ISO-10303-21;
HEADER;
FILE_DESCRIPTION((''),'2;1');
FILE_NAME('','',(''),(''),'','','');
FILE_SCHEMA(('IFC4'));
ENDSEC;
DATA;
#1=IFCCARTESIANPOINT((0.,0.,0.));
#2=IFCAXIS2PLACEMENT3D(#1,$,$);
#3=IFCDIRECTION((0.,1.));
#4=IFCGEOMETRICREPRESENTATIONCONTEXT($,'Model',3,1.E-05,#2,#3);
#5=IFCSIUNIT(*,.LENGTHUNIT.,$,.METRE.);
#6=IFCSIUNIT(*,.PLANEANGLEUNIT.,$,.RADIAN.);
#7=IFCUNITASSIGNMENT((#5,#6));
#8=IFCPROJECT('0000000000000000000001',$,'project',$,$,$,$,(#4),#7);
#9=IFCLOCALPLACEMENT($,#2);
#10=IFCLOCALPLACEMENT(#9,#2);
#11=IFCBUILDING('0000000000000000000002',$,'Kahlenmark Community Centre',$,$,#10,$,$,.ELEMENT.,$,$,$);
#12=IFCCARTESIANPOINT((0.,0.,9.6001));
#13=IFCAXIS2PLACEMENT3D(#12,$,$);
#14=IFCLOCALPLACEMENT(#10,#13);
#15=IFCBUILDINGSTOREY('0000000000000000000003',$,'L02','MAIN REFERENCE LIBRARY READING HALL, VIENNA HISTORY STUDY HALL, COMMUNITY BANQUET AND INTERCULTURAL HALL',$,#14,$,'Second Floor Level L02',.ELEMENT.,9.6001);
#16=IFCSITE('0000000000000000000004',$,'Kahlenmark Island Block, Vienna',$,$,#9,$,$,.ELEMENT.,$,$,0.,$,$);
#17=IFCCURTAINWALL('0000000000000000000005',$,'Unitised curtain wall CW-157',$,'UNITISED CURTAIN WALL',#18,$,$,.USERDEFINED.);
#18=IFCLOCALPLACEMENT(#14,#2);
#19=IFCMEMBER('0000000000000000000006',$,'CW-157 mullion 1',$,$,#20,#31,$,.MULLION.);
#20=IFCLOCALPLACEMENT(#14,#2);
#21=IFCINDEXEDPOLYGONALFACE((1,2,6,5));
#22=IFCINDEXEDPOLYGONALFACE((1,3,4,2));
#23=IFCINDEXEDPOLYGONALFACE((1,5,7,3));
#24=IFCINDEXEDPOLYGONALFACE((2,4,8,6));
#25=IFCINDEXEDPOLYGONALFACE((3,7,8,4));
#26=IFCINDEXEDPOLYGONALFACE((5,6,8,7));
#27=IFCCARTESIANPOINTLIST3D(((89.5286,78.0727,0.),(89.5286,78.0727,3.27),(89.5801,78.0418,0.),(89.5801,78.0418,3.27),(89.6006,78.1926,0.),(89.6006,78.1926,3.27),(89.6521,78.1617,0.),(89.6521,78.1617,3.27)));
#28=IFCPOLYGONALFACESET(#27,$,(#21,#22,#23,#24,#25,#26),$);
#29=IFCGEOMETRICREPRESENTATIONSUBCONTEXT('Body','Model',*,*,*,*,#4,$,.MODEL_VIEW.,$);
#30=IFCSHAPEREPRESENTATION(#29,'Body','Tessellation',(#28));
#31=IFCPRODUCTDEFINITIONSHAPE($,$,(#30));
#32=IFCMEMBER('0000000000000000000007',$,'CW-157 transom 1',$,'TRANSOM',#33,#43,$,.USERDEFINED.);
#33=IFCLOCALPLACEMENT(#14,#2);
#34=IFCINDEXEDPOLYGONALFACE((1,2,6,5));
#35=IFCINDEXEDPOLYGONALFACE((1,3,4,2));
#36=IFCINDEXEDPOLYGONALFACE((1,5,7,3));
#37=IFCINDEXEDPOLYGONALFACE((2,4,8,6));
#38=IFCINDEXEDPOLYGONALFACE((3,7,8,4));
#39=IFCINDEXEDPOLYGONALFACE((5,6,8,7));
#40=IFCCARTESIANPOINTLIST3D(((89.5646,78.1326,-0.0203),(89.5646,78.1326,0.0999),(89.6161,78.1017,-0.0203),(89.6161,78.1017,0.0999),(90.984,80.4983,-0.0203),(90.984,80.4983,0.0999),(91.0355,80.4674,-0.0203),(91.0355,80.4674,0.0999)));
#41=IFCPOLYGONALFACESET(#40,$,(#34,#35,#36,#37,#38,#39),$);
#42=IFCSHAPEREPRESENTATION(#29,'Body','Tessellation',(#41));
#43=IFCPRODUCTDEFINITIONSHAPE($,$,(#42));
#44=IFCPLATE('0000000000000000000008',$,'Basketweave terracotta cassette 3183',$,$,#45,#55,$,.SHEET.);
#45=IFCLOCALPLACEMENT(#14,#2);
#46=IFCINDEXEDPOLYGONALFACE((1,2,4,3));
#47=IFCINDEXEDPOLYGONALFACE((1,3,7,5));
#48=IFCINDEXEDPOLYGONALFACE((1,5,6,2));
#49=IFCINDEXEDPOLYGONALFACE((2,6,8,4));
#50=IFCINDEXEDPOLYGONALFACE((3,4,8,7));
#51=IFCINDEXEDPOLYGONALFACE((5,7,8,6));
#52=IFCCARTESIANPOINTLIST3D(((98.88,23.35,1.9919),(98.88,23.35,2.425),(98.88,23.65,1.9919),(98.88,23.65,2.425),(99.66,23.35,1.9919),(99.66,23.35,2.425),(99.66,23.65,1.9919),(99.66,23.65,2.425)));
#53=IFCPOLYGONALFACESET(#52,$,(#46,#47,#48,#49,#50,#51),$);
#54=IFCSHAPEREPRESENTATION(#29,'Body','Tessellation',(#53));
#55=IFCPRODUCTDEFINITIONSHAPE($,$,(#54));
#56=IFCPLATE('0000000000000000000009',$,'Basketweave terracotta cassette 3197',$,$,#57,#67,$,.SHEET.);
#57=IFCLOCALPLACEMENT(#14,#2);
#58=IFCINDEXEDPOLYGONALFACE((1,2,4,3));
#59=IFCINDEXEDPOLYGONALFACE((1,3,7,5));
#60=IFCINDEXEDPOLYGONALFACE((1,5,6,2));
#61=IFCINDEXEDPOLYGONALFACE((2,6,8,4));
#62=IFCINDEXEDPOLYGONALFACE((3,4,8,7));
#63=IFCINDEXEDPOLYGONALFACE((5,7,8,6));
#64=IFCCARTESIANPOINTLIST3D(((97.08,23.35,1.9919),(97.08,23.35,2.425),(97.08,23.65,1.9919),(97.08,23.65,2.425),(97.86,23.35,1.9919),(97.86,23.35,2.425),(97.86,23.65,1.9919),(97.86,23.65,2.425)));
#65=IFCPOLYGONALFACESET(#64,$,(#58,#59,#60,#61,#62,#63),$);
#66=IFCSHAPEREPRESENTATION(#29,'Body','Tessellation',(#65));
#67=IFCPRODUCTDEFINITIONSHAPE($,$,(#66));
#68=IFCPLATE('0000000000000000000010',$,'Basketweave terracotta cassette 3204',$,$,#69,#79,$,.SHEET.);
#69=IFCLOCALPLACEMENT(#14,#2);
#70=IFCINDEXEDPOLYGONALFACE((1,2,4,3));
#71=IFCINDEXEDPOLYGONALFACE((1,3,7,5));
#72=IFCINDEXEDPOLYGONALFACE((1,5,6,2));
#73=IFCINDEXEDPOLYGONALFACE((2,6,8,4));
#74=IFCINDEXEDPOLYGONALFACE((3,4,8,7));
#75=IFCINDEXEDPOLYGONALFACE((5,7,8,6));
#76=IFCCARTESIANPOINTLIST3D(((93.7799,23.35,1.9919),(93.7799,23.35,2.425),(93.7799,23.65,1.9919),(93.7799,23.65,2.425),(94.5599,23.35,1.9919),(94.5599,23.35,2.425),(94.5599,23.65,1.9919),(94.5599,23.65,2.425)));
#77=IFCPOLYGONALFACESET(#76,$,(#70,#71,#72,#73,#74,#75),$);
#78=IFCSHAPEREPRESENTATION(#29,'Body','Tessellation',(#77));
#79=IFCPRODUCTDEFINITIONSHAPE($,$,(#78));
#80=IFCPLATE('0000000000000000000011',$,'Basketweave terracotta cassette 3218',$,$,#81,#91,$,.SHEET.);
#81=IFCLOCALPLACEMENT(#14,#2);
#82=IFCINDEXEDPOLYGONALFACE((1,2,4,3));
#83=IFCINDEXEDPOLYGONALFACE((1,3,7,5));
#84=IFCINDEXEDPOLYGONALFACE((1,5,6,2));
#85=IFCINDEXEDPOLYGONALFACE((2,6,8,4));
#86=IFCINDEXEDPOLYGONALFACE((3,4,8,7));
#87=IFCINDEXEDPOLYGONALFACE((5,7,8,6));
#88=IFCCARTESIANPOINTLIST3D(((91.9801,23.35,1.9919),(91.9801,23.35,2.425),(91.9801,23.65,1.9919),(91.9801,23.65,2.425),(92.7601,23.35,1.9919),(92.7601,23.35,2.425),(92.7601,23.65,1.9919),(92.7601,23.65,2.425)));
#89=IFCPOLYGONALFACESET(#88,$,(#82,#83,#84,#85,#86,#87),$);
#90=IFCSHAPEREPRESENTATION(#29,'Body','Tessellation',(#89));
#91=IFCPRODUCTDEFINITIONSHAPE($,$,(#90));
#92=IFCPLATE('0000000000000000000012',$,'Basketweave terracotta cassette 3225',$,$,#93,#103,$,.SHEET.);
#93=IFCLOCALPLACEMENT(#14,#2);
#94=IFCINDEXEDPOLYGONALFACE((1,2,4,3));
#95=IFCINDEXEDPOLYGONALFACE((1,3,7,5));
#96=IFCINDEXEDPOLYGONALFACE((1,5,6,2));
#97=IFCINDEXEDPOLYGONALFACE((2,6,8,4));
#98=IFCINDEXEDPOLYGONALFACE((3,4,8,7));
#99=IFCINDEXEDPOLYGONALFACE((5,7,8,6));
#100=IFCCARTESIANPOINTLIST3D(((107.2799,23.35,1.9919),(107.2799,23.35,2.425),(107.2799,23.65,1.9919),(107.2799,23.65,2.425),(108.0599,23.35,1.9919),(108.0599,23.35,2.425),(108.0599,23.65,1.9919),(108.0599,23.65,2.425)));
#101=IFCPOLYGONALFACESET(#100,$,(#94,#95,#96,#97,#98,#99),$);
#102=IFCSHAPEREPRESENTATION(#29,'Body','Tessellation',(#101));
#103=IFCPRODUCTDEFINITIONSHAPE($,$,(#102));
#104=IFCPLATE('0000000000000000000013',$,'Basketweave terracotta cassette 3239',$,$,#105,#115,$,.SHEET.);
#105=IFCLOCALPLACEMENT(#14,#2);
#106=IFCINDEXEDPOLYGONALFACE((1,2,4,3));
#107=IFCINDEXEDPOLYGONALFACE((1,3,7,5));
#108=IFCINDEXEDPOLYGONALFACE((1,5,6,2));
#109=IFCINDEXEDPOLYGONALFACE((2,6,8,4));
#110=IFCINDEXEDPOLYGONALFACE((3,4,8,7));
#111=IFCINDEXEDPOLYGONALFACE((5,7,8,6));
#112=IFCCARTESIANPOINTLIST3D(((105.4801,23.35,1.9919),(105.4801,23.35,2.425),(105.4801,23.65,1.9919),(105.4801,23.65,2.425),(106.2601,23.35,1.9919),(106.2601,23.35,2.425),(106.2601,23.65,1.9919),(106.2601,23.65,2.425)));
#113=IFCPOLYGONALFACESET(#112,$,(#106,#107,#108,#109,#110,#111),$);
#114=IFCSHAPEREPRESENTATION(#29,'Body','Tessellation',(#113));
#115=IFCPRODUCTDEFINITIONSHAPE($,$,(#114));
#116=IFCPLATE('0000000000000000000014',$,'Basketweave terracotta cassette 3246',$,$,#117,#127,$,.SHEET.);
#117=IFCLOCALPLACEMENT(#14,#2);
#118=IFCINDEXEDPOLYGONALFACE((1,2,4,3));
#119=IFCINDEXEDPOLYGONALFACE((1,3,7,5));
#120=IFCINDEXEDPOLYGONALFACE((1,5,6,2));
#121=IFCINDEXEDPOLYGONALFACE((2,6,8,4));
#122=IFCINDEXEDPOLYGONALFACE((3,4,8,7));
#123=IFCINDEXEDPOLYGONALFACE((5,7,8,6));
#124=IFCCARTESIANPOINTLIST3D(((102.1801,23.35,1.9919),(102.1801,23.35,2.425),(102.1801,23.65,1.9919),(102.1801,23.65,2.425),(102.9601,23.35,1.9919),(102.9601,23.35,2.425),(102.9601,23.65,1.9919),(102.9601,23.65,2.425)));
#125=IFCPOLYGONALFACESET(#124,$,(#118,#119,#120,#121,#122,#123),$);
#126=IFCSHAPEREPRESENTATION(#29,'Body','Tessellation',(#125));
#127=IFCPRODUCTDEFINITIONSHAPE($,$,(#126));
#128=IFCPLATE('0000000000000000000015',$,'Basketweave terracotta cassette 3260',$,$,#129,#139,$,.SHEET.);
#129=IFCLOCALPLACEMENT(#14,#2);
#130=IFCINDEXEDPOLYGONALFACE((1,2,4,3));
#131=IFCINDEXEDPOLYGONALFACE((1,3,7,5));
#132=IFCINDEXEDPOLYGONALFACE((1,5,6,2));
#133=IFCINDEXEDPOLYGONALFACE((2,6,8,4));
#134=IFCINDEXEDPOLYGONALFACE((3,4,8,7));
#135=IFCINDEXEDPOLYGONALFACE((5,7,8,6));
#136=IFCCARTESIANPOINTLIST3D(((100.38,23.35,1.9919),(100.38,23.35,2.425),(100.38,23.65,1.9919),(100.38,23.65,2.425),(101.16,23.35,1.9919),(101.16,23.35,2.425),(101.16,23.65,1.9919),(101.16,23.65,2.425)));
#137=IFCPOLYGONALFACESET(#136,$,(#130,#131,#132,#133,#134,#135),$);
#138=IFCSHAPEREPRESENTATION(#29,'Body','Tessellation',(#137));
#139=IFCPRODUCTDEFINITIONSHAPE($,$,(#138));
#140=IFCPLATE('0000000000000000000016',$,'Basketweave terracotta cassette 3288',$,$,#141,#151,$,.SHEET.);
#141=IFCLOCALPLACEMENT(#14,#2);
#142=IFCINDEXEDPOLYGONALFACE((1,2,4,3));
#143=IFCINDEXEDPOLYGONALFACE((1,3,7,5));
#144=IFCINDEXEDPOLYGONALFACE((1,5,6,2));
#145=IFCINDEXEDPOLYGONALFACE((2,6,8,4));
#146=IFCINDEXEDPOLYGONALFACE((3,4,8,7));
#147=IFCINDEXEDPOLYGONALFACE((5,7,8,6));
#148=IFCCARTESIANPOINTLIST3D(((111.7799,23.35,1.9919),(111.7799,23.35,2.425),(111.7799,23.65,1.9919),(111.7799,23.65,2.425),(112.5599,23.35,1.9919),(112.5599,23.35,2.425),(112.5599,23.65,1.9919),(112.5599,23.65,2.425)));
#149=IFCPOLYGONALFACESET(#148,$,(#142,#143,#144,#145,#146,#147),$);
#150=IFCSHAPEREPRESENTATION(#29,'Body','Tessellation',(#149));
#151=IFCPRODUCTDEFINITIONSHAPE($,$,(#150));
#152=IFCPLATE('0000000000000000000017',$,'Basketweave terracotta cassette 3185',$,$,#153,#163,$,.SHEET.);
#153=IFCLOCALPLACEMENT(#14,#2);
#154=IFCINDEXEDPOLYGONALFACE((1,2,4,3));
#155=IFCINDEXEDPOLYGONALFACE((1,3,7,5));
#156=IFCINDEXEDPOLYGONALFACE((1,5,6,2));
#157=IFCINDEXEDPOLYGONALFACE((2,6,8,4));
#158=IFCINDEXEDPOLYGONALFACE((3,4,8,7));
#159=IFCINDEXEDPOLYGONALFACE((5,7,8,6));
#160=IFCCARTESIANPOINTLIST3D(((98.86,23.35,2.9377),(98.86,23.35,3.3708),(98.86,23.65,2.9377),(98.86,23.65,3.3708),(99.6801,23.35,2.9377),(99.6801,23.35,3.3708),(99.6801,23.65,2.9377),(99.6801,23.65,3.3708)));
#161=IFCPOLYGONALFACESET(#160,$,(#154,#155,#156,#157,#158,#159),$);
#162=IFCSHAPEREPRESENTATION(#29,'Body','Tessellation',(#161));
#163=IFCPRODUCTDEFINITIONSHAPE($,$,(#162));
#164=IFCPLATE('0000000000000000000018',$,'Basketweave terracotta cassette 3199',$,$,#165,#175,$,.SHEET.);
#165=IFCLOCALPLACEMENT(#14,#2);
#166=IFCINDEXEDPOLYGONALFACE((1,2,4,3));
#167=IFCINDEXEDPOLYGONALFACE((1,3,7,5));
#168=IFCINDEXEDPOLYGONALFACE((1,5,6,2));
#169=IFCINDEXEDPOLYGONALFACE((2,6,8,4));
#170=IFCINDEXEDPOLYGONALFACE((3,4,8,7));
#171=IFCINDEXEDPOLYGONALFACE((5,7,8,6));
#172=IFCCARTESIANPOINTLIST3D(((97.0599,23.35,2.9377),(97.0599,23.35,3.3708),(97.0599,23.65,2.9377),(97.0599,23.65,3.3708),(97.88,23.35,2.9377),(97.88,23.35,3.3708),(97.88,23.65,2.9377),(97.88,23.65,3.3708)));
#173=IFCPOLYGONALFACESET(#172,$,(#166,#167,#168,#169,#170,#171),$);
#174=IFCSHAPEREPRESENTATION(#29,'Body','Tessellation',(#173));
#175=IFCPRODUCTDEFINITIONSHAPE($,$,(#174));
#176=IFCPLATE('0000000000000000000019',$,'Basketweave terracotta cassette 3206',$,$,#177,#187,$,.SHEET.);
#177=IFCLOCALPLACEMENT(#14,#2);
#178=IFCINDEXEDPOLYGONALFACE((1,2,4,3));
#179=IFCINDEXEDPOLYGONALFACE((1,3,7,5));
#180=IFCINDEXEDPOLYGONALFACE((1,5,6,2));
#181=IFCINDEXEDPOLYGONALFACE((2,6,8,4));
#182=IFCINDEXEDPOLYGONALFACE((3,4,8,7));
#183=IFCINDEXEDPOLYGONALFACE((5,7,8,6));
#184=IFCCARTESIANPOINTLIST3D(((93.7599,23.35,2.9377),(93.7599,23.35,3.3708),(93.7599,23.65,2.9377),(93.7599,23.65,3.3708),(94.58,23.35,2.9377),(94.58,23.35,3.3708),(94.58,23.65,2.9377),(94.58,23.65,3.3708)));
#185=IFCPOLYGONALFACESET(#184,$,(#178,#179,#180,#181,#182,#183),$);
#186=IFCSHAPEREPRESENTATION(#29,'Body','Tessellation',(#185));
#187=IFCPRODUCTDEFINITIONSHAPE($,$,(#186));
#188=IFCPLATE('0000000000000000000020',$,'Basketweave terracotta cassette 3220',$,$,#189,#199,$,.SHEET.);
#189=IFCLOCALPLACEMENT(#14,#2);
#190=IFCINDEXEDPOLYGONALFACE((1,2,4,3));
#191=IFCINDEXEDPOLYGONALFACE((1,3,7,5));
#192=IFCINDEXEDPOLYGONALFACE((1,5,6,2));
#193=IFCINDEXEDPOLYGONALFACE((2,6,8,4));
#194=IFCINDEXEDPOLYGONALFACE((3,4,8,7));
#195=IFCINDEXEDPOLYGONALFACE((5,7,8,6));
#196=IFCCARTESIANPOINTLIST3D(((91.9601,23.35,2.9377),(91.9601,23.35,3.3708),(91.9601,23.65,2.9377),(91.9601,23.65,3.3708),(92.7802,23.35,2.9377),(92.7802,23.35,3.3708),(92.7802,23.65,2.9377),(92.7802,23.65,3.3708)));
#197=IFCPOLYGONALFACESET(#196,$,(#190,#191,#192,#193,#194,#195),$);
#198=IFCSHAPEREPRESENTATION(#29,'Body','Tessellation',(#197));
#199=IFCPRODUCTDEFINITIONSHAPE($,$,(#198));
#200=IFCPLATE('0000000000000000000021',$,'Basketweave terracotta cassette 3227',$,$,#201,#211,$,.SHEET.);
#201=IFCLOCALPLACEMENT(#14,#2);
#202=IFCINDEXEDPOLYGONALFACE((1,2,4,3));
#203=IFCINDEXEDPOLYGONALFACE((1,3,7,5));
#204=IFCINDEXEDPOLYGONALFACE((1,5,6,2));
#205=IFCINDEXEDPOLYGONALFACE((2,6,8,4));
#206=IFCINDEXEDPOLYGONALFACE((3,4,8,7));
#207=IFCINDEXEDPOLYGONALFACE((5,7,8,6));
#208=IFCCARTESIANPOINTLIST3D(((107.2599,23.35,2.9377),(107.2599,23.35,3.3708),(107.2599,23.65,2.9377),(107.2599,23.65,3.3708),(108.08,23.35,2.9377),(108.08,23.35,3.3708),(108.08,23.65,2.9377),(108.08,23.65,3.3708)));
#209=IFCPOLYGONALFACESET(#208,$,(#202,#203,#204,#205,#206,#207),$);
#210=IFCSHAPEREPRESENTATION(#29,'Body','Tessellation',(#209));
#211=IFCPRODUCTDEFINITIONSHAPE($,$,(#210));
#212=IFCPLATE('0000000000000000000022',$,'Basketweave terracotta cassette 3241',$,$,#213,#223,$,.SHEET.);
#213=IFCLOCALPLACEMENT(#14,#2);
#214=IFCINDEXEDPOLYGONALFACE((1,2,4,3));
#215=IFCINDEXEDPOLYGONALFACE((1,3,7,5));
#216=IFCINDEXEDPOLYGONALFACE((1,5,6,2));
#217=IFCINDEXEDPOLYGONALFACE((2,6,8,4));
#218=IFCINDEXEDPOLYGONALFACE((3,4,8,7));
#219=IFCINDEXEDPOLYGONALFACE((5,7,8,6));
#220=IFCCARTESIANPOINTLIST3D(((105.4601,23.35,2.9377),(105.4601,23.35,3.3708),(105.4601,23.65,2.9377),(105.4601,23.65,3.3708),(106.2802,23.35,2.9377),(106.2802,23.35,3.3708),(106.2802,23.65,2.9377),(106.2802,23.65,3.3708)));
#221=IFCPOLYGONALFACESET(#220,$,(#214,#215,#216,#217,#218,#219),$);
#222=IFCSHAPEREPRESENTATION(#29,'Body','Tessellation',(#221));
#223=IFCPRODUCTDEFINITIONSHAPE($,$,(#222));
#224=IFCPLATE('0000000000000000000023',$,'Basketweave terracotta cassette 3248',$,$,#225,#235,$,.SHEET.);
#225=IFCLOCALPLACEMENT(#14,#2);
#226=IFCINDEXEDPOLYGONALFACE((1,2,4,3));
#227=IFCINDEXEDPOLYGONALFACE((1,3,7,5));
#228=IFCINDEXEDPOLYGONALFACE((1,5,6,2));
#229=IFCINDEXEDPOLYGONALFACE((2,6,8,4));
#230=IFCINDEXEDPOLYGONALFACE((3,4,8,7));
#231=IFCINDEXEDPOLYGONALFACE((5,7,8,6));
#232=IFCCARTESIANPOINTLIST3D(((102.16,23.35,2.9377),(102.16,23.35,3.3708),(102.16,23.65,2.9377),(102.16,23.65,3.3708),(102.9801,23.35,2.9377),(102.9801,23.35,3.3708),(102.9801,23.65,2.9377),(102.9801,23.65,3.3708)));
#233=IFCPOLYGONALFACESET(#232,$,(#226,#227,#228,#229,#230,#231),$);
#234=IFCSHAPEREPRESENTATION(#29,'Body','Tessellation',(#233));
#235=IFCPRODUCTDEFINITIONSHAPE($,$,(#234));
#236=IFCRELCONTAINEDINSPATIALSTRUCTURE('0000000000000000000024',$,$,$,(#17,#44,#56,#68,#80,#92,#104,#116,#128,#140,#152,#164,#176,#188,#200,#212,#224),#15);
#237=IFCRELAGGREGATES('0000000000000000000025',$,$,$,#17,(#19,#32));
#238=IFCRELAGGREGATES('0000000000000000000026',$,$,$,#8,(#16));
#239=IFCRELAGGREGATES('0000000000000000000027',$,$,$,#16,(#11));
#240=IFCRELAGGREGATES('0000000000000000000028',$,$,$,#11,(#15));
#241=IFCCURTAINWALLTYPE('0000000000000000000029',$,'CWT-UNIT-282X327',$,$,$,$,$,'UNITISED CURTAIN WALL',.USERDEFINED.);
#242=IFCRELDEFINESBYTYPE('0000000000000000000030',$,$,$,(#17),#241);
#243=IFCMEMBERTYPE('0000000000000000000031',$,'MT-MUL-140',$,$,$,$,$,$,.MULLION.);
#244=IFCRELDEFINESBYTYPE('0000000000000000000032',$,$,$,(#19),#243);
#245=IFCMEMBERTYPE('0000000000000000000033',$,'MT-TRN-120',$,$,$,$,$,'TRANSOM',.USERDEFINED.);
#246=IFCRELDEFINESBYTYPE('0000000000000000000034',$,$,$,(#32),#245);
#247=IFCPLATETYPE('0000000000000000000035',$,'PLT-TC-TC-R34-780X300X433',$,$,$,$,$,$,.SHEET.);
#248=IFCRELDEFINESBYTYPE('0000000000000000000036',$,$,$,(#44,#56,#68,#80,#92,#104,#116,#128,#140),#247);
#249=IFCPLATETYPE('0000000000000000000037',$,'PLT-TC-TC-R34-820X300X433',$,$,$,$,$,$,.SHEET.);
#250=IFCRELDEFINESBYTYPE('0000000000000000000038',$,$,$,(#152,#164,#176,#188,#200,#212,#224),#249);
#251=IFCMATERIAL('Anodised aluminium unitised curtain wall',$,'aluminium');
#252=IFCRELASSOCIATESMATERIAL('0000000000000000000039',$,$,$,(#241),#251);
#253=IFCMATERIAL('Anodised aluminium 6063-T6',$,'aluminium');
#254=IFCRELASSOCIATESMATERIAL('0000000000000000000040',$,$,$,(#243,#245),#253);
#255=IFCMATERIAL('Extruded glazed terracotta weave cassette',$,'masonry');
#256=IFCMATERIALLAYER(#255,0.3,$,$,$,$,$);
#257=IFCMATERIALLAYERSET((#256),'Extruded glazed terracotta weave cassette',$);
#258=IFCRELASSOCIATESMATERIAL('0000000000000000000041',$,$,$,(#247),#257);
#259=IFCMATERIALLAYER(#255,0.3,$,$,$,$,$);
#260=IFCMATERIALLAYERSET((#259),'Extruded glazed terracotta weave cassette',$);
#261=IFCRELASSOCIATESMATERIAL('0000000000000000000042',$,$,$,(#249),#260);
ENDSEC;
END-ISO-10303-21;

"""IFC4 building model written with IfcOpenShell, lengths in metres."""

from ifc_helpers import new_model, si_unit, direction, frame, origin, origin_2d, place, context, subcontext, project, spatial, rectangle, extrude, material, layer, layer_set, material_profile, profile_set, type_object, element, aggregate, save


model = new_model("IFC4")

# Units and contexts
model_context = context("Model", 3, precision=1e-05, world=origin(), true_north=direction((0.0, 1.0)))
body_context = subcontext(model_context, "Body", "Model", "MODEL_VIEW")
ifc_project = project(units=[si_unit("LENGTHUNIT", "METRE"), si_unit("PLANEANGLEUNIT", "RADIAN")], contexts=[model_context])

# Site, building, storey
site_placement = place(None, origin())
site = spatial("IfcSite", under=ifc_project, at=site_placement, Name="Kahlenmark Island Block, Vienna", CompositionType="ELEMENT", RefElevation=0.0)
building_placement = place(site_placement, origin())
building = spatial("IfcBuilding", under=site, at=building_placement, Name="Kahlenmark Community Centre", CompositionType="ELEMENT")
storey_placement = place(building_placement, frame((0.0, 0.0, 9.6001)))
storey = spatial("IfcBuildingStorey", under=building, at=storey_placement, Name="L02", Description="MAIN REFERENCE LIBRARY READING HALL, VIENNA HISTORY STUDY HALL, COMMUNITY BANQUET AND INTERCULTURAL HALL", LongName="Second Floor Level L02", CompositionType="ELEMENT", Elevation=9.6001)

# Curtain wall, members
ifc_material_1 = material(Name="Anodised aluminium unitised curtain wall", Category="aluminium")
curtain_wall_type = type_object("IfcCurtainWallType", Name="CWT-UNIT-282X327", ElementType="UNITISED CURTAIN WALL", PredefinedType="USERDEFINED", material=ifc_material_1)
curtain_wall_placement = place(storey_placement, origin())
curtain_wall = element("IfcCurtainWall", 1, at=curtain_wall_placement, inside=storey, type_object=curtain_wall_type, Name="Unitised curtain wall CW-157", ObjectType="UNITISED CURTAIN WALL", PredefinedType="USERDEFINED")
ifc_material_2 = material(Name="Anodised aluminium 6063-T6", Category="aluminium")
ifc_material_profile_1 = material_profile(ifc_material_2, rectangle(XDim=0.0601, YDim=0.1399, at=origin_2d()), Name="ALU MULLION 60x140")
ifc_profile_set_1 = profile_set([ifc_material_profile_1], Name="Anodised aluminium 6063-T6")
member_type_1 = type_object("IfcMemberType", Name="MT-MUL-140", PredefinedType="MULLION", material=ifc_profile_set_1)
member_1_placement = place(storey_placement, frame((89.5903, 78.1172, 0.0), z_axis=(0.0, 0.0, 1.0), x_axis=(-0.857493, 0.514496, 0.0)))
member_1 = element("IfcMember", 2, at=member_1_placement, type_object=member_type_1, Name="CW-157 mullion 1", PredefinedType="MULLION", context=body_context, shape_type="SweptSolid", body=[
    extrude(rectangle(XDim=0.0601, YDim=0.1399, at=origin_2d()), origin(), (0.0, 0.0, 1.0), 3.27),
])
ifc_material_profile_2 = material_profile(ifc_material_2, rectangle(XDim=0.0601, YDim=0.1201, at=origin_2d()), Name="ALU TRANSOM 60x120")
ifc_profile_set_2 = profile_set([ifc_material_profile_2], Name="Anodised aluminium 6063-T6")
member_type_2 = type_object("IfcMemberType", Name="MT-TRN-120", ElementType="TRANSOM", PredefinedType="USERDEFINED", material=ifc_profile_set_2)
member_2_placement = place(storey_placement, frame((89.5903, 78.1172, 0.0398), z_axis=(0.514496, 0.857493, 0.0), x_axis=(-0.857493, 0.514496, 0.0)))
member_2 = element("IfcMember", 3, at=member_2_placement, type_object=member_type_2, Name="CW-157 transom 1", ObjectType="TRANSOM", PredefinedType="USERDEFINED", context=body_context, shape_type="SweptSolid", body=[
    extrude(rectangle(XDim=0.0601, YDim=0.1201, at=origin_2d()), origin(), (0.0, 0.0, 1.0), 2.7588),
])
aggregate(curtain_wall, [member_1, member_2])

# Plates
ifc_material_3 = material(Name="Extruded glazed terracotta weave cassette", Category="masonry")
ifc_layer_1 = layer(ifc_material_3, 0.3)
ifc_layer_set_1 = layer_set([ifc_layer_1], Name="Extruded glazed terracotta weave cassette")
plate_type_1 = type_object("IfcPlateType", Name="PLT-TC-TC-R34-780X300X433", PredefinedType="SHEET", material=ifc_layer_set_1)
for number, where, z_axis, x_axis, name in (
    (4, (99.27, 23.5, 1.9919), (0.0, 0.0, 1.0), (-1.0, 0.0, 0.0), "Basketweave terracotta cassette 3183"),
    (5, (97.47, 23.5, 1.9919), (0.0, 0.0, 1.0), (-1.0, 0.0, 0.0), "Basketweave terracotta cassette 3197"),
    (6, (94.1699, 23.5, 1.9919), (0.0, 0.0, 1.0), (-1.0, 0.0, 0.0), "Basketweave terracotta cassette 3204"),
    (7, (92.3701, 23.5, 1.9919), (0.0, 0.0, 1.0), (-1.0, 0.0, 0.0), "Basketweave terracotta cassette 3218"),
    (8, (107.6699, 23.5, 1.9919), (0.0, 0.0, 1.0), (-1.0, 0.0, 0.0), "Basketweave terracotta cassette 3225"),
    (9, (105.8701, 23.5, 1.9919), (0.0, 0.0, 1.0), (-1.0, 0.0, 0.0), "Basketweave terracotta cassette 3239"),
    (10, (102.5701, 23.5, 1.9919), (0.0, 0.0, 1.0), (-1.0, 0.0, 0.0), "Basketweave terracotta cassette 3246"),
    (11, (100.77, 23.5, 1.9919), (0.0, 0.0, 1.0), (-1.0, 0.0, 0.0), "Basketweave terracotta cassette 3260"),
    (12, (112.1699, 23.5, 1.9919), (0.0, 0.0, 1.0), (-1.0, 0.0, 0.0), "Basketweave terracotta cassette 3288"),
):
    element("IfcPlate", number, at=place(storey_placement, frame(where, z_axis=z_axis, x_axis=x_axis)), inside=storey, type_object=plate_type_1, Name=name, PredefinedType="SHEET", context=body_context, shape_type="SweptSolid", body=[
        extrude(rectangle(XDim=0.78, YDim=0.3, at=origin_2d()), origin(), (0.0, 0.0, 1.0), 0.4331),
    ])
ifc_layer_2 = layer(ifc_material_3, 0.3)
ifc_layer_set_2 = layer_set([ifc_layer_2], Name="Extruded glazed terracotta weave cassette")
plate_type_2 = type_object("IfcPlateType", Name="PLT-TC-TC-R34-820X300X433", PredefinedType="SHEET", material=ifc_layer_set_2)
for number, where, z_axis, x_axis, name in (
    (13, (99.27, 23.5, 2.9377), (0.0, 0.0, 1.0), (-1.0, 0.0, 0.0), "Basketweave terracotta cassette 3185"),
    (14, (97.47, 23.5, 2.9377), (0.0, 0.0, 1.0), (-1.0, 0.0, 0.0), "Basketweave terracotta cassette 3199"),
    (15, (94.1699, 23.5, 2.9377), (0.0, 0.0, 1.0), (-1.0, 0.0, 0.0), "Basketweave terracotta cassette 3206"),
    (16, (92.3701, 23.5, 2.9377), (0.0, 0.0, 1.0), (-1.0, 0.0, 0.0), "Basketweave terracotta cassette 3220"),
    (17, (107.6699, 23.5, 2.9377), (0.0, 0.0, 1.0), (-1.0, 0.0, 0.0), "Basketweave terracotta cassette 3227"),
    (18, (105.8701, 23.5, 2.9377), (0.0, 0.0, 1.0), (-1.0, 0.0, 0.0), "Basketweave terracotta cassette 3241"),
    (19, (102.5701, 23.5, 2.9377), (0.0, 0.0, 1.0), (-1.0, 0.0, 0.0), "Basketweave terracotta cassette 3248"),
):
    element("IfcPlate", number, at=place(storey_placement, frame(where, z_axis=z_axis, x_axis=x_axis)), inside=storey, type_object=plate_type_2, Name=name, PredefinedType="SHEET", context=body_context, shape_type="SweptSolid", body=[
        extrude(rectangle(XDim=0.8201, YDim=0.3, at=origin_2d()), origin(), (0.0, 0.0, 1.0), 0.4331),
    ])

save(model, "model.ifc")
